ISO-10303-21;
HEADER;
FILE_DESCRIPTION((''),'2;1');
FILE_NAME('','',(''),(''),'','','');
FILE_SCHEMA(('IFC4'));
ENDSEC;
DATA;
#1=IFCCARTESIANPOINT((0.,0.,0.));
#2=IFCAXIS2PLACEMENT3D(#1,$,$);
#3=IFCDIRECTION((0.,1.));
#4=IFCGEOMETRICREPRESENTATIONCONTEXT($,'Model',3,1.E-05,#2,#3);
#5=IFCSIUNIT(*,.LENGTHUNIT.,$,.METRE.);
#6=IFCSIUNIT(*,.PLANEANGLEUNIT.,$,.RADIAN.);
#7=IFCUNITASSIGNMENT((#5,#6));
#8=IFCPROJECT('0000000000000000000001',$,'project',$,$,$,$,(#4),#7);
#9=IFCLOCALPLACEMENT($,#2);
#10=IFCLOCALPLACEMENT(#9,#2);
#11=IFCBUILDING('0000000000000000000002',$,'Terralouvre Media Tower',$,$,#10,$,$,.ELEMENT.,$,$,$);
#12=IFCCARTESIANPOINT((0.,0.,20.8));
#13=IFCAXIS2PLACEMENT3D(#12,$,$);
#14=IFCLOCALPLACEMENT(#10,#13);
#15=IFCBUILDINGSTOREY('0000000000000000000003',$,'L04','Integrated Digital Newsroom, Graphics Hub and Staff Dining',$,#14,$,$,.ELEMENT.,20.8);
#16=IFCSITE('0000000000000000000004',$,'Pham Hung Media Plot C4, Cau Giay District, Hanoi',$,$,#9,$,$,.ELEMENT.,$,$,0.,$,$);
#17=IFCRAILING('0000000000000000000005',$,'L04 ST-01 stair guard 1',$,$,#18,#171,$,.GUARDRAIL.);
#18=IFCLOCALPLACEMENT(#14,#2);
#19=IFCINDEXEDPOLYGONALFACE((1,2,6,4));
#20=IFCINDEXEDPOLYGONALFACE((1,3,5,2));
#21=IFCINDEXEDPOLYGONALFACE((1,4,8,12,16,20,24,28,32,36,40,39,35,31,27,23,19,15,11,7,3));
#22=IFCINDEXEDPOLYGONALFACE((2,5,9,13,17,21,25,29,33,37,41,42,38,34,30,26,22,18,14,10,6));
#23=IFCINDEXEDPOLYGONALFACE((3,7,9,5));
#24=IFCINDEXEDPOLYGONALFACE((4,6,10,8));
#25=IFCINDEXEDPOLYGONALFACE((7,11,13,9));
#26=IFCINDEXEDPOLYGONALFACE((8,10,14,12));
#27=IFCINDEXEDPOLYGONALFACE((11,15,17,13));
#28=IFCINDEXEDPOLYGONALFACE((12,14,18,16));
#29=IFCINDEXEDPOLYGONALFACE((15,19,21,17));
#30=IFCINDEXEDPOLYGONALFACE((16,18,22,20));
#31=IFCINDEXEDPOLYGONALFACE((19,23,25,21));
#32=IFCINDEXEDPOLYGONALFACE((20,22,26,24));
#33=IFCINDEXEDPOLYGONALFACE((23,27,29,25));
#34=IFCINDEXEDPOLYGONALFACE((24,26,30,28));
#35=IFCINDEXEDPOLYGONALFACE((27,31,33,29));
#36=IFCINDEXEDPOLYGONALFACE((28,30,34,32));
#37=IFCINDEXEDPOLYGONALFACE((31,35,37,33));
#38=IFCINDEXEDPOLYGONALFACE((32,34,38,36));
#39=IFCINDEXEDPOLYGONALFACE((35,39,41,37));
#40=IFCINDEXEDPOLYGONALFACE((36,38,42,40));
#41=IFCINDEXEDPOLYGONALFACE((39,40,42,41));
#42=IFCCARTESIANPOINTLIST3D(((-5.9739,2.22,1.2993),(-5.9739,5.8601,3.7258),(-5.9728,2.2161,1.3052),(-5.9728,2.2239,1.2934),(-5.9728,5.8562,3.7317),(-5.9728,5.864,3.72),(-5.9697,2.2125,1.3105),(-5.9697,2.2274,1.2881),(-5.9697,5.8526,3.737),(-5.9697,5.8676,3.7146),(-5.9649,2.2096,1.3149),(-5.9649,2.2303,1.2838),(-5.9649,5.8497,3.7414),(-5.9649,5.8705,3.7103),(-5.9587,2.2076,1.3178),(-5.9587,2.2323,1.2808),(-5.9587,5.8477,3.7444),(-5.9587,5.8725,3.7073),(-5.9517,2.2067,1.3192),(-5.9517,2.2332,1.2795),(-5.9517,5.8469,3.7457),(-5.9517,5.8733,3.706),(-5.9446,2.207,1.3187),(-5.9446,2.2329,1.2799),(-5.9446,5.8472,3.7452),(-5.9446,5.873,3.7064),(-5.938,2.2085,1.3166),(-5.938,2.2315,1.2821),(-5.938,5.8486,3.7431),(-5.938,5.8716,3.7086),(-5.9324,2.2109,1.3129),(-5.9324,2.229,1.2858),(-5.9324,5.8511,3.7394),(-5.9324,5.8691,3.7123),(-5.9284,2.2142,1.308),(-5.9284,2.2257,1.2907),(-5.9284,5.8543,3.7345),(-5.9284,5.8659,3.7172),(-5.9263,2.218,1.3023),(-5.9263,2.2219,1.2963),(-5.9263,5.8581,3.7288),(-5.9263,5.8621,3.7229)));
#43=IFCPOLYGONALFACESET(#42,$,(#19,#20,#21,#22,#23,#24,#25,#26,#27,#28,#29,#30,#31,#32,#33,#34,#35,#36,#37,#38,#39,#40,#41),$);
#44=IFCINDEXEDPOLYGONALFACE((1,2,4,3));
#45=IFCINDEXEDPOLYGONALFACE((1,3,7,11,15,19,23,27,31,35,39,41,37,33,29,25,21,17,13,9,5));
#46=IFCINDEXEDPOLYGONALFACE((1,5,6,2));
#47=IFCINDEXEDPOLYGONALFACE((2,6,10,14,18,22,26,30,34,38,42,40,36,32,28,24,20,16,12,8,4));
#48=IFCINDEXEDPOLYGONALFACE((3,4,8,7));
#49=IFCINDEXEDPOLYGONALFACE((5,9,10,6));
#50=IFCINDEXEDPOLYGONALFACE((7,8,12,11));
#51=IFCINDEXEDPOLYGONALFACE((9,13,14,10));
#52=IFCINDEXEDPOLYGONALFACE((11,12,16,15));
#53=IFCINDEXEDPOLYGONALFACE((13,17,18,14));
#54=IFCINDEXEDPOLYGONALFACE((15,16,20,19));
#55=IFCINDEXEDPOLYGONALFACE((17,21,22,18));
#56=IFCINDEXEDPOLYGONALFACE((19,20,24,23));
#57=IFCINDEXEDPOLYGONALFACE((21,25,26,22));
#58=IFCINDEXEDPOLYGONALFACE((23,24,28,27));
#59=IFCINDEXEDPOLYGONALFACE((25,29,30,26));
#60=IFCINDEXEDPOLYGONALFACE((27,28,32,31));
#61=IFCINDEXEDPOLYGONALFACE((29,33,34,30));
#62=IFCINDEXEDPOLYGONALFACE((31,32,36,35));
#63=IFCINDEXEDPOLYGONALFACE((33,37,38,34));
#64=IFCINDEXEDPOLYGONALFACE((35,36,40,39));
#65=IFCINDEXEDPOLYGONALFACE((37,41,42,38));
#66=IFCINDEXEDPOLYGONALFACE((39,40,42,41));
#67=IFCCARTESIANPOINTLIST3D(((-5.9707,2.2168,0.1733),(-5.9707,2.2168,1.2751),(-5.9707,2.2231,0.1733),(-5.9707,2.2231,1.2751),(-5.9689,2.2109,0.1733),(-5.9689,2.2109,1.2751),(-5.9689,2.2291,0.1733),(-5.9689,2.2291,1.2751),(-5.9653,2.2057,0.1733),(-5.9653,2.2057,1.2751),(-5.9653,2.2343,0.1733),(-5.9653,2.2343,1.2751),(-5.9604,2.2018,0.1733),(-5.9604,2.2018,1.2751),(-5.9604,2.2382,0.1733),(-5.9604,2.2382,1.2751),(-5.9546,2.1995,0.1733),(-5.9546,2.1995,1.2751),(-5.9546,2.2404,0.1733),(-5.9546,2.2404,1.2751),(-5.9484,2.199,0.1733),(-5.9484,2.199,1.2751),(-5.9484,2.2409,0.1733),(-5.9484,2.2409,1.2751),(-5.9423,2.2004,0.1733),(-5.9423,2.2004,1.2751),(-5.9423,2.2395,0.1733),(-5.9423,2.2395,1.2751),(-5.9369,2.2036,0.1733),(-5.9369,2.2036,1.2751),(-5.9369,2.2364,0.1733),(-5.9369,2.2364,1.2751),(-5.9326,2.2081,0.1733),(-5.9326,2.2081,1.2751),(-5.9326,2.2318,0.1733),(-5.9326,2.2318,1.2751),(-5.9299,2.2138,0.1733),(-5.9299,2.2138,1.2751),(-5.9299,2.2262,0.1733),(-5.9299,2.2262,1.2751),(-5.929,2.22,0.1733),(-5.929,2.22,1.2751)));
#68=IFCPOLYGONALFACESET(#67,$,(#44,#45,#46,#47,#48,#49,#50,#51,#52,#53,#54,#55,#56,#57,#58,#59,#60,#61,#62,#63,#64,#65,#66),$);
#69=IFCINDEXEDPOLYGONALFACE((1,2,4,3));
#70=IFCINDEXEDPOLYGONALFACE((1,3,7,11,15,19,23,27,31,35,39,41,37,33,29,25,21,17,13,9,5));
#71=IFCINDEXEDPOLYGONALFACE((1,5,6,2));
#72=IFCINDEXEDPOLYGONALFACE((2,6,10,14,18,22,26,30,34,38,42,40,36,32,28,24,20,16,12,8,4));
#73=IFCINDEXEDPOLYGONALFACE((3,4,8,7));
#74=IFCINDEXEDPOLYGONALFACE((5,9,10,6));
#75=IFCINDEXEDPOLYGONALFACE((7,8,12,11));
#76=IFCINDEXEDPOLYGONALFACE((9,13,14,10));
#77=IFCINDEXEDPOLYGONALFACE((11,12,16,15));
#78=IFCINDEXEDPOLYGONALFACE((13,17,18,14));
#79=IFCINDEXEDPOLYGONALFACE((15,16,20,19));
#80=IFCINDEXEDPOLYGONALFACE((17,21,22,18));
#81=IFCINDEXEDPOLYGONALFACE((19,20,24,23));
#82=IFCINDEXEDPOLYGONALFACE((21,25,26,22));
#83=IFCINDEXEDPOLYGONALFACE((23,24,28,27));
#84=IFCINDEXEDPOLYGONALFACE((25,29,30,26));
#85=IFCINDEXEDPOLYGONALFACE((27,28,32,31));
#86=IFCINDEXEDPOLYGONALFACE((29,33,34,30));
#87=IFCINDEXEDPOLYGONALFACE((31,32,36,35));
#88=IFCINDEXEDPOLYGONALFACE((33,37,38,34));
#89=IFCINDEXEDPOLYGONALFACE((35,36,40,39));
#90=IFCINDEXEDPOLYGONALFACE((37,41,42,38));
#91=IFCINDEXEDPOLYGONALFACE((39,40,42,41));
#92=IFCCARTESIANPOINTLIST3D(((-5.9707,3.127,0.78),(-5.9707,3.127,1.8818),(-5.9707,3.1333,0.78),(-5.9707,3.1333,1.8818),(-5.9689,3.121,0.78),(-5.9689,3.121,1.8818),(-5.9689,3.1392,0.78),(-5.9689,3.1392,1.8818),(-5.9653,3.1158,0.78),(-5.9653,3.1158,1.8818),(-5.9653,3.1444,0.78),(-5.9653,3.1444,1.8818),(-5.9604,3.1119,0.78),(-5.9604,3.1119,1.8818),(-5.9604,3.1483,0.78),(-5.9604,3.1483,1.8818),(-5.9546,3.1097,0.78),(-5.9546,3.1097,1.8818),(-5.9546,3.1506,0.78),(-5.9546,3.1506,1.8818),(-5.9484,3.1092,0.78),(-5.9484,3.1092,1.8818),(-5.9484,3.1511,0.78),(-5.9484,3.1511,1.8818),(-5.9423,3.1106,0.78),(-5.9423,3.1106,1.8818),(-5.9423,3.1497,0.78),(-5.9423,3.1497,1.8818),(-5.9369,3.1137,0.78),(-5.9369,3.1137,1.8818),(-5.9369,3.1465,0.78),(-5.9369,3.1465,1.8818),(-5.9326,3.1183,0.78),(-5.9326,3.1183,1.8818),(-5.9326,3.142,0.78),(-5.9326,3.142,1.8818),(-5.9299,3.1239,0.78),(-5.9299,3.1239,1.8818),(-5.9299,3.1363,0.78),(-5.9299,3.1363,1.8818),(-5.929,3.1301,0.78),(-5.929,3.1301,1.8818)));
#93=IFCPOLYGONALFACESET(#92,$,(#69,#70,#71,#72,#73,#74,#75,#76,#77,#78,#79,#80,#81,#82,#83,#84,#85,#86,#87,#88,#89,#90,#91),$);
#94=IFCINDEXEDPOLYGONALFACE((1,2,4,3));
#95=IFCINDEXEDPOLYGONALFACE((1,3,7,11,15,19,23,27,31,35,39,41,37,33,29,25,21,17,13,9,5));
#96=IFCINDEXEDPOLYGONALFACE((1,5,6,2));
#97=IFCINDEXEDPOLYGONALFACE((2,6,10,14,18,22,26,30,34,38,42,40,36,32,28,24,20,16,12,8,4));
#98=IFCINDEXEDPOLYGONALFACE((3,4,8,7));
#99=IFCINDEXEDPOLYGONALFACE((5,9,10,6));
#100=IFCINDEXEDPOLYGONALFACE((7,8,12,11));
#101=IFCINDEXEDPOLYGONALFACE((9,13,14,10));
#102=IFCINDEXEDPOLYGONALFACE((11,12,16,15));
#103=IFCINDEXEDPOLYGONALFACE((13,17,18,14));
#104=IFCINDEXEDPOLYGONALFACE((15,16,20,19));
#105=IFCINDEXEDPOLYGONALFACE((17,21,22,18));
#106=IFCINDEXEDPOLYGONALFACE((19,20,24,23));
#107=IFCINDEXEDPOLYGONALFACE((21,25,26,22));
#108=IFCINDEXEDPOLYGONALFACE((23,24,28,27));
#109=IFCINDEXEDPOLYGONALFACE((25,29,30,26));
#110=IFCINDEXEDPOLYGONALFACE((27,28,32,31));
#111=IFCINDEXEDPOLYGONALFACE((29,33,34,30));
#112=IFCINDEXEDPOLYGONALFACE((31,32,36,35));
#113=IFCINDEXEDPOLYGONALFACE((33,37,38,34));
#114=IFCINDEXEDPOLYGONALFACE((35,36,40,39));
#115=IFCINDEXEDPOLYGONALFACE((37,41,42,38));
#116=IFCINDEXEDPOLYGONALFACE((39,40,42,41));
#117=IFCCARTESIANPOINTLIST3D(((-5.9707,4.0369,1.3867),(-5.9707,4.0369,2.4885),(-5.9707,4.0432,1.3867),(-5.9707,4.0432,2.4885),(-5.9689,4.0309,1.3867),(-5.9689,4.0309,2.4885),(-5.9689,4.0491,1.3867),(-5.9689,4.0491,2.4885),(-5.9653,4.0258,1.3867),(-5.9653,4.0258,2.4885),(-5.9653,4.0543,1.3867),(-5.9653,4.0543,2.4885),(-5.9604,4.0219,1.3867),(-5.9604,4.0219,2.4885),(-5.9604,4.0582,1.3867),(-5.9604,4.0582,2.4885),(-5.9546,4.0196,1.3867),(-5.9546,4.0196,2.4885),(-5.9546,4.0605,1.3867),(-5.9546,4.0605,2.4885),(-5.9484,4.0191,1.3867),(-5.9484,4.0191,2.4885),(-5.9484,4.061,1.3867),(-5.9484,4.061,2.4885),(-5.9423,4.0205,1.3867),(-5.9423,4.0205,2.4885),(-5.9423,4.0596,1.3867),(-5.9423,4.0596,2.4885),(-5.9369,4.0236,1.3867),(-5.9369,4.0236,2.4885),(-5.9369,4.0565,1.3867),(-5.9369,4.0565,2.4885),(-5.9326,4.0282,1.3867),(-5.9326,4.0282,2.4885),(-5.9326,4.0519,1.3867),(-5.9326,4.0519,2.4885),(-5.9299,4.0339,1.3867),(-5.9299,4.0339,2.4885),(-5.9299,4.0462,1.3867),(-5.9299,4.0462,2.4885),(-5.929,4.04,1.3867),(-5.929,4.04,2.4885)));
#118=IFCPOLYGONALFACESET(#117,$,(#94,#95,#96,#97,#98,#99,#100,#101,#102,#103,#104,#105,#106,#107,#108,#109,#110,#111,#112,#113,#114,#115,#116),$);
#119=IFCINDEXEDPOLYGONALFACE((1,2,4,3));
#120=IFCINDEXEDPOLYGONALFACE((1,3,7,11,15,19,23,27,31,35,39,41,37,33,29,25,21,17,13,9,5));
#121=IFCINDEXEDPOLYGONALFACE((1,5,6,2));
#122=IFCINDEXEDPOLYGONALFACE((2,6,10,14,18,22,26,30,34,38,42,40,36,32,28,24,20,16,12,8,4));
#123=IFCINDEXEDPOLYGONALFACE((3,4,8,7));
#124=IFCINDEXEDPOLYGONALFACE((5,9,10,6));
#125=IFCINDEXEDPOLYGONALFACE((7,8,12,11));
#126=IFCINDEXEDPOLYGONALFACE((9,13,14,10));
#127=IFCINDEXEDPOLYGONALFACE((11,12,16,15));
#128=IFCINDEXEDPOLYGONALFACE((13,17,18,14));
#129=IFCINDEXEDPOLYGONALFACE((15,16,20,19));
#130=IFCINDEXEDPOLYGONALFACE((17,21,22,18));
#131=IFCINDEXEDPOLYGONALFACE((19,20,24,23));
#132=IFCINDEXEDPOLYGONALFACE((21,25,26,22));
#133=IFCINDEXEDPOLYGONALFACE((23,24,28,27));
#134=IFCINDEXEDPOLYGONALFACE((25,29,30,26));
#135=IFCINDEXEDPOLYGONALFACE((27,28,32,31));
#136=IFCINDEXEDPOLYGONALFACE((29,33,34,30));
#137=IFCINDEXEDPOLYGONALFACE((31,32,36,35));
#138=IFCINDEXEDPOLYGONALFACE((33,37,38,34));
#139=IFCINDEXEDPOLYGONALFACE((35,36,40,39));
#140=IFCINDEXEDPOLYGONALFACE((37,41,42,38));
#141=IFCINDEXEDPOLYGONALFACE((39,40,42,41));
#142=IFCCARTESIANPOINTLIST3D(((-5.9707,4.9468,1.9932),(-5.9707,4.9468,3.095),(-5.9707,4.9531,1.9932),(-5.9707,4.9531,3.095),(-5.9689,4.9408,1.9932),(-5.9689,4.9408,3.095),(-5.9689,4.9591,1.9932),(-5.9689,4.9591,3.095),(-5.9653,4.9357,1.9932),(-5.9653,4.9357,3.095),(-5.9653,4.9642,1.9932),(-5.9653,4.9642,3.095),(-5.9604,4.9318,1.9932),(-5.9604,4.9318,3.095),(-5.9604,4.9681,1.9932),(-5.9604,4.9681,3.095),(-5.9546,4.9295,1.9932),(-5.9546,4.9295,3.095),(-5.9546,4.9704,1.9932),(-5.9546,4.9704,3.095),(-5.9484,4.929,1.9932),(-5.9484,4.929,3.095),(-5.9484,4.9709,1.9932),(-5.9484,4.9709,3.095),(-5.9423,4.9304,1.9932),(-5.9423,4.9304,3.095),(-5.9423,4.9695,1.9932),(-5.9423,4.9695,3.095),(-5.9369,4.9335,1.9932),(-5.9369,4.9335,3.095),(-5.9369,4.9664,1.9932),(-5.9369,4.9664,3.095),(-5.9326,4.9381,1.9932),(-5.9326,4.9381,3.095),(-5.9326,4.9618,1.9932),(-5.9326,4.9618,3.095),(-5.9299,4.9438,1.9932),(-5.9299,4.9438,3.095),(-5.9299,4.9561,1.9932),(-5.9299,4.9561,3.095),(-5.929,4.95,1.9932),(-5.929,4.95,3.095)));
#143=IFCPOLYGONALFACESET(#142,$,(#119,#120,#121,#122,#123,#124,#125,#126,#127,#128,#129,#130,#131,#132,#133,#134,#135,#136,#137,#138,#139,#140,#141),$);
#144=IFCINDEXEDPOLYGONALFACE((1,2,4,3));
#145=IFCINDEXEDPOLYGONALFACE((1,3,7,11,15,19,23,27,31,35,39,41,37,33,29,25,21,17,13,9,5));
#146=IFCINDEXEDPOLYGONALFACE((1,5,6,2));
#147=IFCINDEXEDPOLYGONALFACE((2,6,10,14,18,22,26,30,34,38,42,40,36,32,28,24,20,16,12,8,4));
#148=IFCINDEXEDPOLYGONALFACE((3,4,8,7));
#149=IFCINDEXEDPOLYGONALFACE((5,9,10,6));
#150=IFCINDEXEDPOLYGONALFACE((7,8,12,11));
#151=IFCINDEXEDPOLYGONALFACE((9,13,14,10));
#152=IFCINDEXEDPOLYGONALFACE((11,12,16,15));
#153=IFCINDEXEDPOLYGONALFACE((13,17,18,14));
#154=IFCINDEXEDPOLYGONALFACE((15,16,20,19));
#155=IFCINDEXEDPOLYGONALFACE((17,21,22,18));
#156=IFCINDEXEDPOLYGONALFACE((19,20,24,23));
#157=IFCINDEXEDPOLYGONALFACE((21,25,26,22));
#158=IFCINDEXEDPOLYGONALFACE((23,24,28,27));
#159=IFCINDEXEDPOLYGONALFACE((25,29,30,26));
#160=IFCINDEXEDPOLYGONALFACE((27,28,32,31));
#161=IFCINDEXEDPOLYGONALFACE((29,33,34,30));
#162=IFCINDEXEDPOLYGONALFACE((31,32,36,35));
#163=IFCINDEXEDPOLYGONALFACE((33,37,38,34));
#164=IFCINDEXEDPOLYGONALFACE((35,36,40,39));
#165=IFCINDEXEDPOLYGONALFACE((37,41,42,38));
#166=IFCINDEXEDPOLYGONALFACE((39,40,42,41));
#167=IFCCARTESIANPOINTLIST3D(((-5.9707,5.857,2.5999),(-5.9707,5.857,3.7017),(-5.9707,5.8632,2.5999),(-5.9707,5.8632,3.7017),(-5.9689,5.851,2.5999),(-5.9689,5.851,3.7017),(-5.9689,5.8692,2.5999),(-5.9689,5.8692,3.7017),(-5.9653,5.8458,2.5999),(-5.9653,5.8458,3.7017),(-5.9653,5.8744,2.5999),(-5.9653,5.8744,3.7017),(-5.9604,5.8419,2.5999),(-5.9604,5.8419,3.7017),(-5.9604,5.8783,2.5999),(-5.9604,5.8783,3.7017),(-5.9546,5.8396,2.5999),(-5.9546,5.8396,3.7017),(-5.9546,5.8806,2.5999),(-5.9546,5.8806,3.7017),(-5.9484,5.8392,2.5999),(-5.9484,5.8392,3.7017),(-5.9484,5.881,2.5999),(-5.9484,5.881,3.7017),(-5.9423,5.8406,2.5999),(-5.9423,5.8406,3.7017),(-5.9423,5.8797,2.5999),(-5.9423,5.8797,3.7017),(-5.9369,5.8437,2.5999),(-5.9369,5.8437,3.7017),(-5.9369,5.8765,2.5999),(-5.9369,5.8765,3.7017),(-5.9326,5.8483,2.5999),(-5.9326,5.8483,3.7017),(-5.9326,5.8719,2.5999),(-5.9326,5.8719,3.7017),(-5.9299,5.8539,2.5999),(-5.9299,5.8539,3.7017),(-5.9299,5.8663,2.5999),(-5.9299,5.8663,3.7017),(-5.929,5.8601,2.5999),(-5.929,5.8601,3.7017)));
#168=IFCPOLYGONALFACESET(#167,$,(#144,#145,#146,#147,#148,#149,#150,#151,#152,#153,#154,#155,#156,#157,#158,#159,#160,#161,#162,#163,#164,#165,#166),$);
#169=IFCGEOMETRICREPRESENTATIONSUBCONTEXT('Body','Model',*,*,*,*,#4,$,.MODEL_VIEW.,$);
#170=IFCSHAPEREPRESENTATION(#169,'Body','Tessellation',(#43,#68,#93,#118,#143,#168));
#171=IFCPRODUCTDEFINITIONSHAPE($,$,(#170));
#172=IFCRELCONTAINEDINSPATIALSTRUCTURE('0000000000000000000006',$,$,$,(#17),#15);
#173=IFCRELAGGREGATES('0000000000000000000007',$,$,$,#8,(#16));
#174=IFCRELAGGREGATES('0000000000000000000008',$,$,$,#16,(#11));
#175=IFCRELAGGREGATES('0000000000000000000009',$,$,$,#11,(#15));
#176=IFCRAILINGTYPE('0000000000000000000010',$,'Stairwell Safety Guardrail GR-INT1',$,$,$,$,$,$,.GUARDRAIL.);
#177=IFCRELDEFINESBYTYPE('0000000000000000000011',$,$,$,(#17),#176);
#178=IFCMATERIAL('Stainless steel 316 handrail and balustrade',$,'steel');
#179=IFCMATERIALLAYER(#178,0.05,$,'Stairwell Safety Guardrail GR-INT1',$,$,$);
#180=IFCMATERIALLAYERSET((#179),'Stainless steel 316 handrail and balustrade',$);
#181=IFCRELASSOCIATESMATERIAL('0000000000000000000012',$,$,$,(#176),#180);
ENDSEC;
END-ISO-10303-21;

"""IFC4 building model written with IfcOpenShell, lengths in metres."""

from ifc_helpers import new_model, si_unit, direction, frame, origin, origin_2d, place, context, subcontext, project, spatial, circle, extrude, material, layer, layer_set, type_object, element, save


model = new_model("IFC4")

# Units and contexts
model_context = context("Model", 3, precision=1e-05, world=origin(), true_north=direction((0.0, 1.0)))
body_context = subcontext(model_context, "Body", "Model", "MODEL_VIEW")
ifc_project = project(units=[si_unit("LENGTHUNIT", "METRE"), si_unit("PLANEANGLEUNIT", "RADIAN")], contexts=[model_context])

# Site, building, storey
site_placement = place(None, origin())
site = spatial("IfcSite", under=ifc_project, at=site_placement, Name="Pham Hung Media Plot C4, Cau Giay District, Hanoi", CompositionType="ELEMENT", RefElevation=0.0)
building_placement = place(site_placement, origin())
building = spatial("IfcBuilding", under=site, at=building_placement, Name="Terralouvre Media Tower", CompositionType="ELEMENT")
storey_placement = place(building_placement, frame((0.0, 0.0, 20.8)))
storey = spatial("IfcBuildingStorey", under=building, at=storey_placement, Name="L04", Description="Integrated Digital Newsroom, Graphics Hub and Staff Dining", CompositionType="ELEMENT", Elevation=20.8)

# Railing
ifc_material_1 = material(Name="Stainless steel 316 handrail and balustrade", Category="steel")
ifc_layer_1 = layer(ifc_material_1, 0.05, Name="Stairwell Safety Guardrail GR-INT1")
ifc_layer_set_1 = layer_set([ifc_layer_1], Name="Stainless steel 316 handrail and balustrade")
railing_type_1 = type_object("IfcRailingType", Name="Stairwell Safety Guardrail GR-INT1", PredefinedType="GUARDRAIL", material=ifc_layer_set_1)
railing_1_placement = place(storey_placement, frame((-5.95, 2.22, 0.1733)))
element("IfcRailing", 1, at=railing_1_placement, inside=storey, type_object=railing_type_1, Name="L04 ST-01 stair guard 1", PredefinedType="GUARDRAIL", context=body_context, shape_type="SweptSolid", body=[
    extrude(circle(Radius=0.0239, at=origin_2d()), frame((0.0, 0.0, 1.126), z_axis=(0.0, 0.832076, 0.554662), x_axis=(-1.0, 0.0, 0.0)), (0.0, 0.0, 1.0), 4.3748),
    extrude(circle(Radius=0.021, at=origin_2d()), origin(), (0.0, 0.0, 1.0), 1.1018),
    extrude(circle(Radius=0.021, at=origin_2d()), frame((0.0, 0.9102, 0.6067)), (0.0, 0.0, 1.0), 1.1018),
    extrude(circle(Radius=0.021, at=origin_2d()), frame((0.0, 1.8201, 1.2134)), (0.0, 0.0, 1.0), 1.1018),
    extrude(circle(Radius=0.021, at=origin_2d()), frame((0.0, 2.73, 1.8198)), (0.0, 0.0, 1.0), 1.1018),
    extrude(circle(Radius=0.021, at=origin_2d()), frame((0.0, 3.6401, 2.4265)), (0.0, 0.0, 1.0), 1.1018),
])

save(model, "model.ifc")
